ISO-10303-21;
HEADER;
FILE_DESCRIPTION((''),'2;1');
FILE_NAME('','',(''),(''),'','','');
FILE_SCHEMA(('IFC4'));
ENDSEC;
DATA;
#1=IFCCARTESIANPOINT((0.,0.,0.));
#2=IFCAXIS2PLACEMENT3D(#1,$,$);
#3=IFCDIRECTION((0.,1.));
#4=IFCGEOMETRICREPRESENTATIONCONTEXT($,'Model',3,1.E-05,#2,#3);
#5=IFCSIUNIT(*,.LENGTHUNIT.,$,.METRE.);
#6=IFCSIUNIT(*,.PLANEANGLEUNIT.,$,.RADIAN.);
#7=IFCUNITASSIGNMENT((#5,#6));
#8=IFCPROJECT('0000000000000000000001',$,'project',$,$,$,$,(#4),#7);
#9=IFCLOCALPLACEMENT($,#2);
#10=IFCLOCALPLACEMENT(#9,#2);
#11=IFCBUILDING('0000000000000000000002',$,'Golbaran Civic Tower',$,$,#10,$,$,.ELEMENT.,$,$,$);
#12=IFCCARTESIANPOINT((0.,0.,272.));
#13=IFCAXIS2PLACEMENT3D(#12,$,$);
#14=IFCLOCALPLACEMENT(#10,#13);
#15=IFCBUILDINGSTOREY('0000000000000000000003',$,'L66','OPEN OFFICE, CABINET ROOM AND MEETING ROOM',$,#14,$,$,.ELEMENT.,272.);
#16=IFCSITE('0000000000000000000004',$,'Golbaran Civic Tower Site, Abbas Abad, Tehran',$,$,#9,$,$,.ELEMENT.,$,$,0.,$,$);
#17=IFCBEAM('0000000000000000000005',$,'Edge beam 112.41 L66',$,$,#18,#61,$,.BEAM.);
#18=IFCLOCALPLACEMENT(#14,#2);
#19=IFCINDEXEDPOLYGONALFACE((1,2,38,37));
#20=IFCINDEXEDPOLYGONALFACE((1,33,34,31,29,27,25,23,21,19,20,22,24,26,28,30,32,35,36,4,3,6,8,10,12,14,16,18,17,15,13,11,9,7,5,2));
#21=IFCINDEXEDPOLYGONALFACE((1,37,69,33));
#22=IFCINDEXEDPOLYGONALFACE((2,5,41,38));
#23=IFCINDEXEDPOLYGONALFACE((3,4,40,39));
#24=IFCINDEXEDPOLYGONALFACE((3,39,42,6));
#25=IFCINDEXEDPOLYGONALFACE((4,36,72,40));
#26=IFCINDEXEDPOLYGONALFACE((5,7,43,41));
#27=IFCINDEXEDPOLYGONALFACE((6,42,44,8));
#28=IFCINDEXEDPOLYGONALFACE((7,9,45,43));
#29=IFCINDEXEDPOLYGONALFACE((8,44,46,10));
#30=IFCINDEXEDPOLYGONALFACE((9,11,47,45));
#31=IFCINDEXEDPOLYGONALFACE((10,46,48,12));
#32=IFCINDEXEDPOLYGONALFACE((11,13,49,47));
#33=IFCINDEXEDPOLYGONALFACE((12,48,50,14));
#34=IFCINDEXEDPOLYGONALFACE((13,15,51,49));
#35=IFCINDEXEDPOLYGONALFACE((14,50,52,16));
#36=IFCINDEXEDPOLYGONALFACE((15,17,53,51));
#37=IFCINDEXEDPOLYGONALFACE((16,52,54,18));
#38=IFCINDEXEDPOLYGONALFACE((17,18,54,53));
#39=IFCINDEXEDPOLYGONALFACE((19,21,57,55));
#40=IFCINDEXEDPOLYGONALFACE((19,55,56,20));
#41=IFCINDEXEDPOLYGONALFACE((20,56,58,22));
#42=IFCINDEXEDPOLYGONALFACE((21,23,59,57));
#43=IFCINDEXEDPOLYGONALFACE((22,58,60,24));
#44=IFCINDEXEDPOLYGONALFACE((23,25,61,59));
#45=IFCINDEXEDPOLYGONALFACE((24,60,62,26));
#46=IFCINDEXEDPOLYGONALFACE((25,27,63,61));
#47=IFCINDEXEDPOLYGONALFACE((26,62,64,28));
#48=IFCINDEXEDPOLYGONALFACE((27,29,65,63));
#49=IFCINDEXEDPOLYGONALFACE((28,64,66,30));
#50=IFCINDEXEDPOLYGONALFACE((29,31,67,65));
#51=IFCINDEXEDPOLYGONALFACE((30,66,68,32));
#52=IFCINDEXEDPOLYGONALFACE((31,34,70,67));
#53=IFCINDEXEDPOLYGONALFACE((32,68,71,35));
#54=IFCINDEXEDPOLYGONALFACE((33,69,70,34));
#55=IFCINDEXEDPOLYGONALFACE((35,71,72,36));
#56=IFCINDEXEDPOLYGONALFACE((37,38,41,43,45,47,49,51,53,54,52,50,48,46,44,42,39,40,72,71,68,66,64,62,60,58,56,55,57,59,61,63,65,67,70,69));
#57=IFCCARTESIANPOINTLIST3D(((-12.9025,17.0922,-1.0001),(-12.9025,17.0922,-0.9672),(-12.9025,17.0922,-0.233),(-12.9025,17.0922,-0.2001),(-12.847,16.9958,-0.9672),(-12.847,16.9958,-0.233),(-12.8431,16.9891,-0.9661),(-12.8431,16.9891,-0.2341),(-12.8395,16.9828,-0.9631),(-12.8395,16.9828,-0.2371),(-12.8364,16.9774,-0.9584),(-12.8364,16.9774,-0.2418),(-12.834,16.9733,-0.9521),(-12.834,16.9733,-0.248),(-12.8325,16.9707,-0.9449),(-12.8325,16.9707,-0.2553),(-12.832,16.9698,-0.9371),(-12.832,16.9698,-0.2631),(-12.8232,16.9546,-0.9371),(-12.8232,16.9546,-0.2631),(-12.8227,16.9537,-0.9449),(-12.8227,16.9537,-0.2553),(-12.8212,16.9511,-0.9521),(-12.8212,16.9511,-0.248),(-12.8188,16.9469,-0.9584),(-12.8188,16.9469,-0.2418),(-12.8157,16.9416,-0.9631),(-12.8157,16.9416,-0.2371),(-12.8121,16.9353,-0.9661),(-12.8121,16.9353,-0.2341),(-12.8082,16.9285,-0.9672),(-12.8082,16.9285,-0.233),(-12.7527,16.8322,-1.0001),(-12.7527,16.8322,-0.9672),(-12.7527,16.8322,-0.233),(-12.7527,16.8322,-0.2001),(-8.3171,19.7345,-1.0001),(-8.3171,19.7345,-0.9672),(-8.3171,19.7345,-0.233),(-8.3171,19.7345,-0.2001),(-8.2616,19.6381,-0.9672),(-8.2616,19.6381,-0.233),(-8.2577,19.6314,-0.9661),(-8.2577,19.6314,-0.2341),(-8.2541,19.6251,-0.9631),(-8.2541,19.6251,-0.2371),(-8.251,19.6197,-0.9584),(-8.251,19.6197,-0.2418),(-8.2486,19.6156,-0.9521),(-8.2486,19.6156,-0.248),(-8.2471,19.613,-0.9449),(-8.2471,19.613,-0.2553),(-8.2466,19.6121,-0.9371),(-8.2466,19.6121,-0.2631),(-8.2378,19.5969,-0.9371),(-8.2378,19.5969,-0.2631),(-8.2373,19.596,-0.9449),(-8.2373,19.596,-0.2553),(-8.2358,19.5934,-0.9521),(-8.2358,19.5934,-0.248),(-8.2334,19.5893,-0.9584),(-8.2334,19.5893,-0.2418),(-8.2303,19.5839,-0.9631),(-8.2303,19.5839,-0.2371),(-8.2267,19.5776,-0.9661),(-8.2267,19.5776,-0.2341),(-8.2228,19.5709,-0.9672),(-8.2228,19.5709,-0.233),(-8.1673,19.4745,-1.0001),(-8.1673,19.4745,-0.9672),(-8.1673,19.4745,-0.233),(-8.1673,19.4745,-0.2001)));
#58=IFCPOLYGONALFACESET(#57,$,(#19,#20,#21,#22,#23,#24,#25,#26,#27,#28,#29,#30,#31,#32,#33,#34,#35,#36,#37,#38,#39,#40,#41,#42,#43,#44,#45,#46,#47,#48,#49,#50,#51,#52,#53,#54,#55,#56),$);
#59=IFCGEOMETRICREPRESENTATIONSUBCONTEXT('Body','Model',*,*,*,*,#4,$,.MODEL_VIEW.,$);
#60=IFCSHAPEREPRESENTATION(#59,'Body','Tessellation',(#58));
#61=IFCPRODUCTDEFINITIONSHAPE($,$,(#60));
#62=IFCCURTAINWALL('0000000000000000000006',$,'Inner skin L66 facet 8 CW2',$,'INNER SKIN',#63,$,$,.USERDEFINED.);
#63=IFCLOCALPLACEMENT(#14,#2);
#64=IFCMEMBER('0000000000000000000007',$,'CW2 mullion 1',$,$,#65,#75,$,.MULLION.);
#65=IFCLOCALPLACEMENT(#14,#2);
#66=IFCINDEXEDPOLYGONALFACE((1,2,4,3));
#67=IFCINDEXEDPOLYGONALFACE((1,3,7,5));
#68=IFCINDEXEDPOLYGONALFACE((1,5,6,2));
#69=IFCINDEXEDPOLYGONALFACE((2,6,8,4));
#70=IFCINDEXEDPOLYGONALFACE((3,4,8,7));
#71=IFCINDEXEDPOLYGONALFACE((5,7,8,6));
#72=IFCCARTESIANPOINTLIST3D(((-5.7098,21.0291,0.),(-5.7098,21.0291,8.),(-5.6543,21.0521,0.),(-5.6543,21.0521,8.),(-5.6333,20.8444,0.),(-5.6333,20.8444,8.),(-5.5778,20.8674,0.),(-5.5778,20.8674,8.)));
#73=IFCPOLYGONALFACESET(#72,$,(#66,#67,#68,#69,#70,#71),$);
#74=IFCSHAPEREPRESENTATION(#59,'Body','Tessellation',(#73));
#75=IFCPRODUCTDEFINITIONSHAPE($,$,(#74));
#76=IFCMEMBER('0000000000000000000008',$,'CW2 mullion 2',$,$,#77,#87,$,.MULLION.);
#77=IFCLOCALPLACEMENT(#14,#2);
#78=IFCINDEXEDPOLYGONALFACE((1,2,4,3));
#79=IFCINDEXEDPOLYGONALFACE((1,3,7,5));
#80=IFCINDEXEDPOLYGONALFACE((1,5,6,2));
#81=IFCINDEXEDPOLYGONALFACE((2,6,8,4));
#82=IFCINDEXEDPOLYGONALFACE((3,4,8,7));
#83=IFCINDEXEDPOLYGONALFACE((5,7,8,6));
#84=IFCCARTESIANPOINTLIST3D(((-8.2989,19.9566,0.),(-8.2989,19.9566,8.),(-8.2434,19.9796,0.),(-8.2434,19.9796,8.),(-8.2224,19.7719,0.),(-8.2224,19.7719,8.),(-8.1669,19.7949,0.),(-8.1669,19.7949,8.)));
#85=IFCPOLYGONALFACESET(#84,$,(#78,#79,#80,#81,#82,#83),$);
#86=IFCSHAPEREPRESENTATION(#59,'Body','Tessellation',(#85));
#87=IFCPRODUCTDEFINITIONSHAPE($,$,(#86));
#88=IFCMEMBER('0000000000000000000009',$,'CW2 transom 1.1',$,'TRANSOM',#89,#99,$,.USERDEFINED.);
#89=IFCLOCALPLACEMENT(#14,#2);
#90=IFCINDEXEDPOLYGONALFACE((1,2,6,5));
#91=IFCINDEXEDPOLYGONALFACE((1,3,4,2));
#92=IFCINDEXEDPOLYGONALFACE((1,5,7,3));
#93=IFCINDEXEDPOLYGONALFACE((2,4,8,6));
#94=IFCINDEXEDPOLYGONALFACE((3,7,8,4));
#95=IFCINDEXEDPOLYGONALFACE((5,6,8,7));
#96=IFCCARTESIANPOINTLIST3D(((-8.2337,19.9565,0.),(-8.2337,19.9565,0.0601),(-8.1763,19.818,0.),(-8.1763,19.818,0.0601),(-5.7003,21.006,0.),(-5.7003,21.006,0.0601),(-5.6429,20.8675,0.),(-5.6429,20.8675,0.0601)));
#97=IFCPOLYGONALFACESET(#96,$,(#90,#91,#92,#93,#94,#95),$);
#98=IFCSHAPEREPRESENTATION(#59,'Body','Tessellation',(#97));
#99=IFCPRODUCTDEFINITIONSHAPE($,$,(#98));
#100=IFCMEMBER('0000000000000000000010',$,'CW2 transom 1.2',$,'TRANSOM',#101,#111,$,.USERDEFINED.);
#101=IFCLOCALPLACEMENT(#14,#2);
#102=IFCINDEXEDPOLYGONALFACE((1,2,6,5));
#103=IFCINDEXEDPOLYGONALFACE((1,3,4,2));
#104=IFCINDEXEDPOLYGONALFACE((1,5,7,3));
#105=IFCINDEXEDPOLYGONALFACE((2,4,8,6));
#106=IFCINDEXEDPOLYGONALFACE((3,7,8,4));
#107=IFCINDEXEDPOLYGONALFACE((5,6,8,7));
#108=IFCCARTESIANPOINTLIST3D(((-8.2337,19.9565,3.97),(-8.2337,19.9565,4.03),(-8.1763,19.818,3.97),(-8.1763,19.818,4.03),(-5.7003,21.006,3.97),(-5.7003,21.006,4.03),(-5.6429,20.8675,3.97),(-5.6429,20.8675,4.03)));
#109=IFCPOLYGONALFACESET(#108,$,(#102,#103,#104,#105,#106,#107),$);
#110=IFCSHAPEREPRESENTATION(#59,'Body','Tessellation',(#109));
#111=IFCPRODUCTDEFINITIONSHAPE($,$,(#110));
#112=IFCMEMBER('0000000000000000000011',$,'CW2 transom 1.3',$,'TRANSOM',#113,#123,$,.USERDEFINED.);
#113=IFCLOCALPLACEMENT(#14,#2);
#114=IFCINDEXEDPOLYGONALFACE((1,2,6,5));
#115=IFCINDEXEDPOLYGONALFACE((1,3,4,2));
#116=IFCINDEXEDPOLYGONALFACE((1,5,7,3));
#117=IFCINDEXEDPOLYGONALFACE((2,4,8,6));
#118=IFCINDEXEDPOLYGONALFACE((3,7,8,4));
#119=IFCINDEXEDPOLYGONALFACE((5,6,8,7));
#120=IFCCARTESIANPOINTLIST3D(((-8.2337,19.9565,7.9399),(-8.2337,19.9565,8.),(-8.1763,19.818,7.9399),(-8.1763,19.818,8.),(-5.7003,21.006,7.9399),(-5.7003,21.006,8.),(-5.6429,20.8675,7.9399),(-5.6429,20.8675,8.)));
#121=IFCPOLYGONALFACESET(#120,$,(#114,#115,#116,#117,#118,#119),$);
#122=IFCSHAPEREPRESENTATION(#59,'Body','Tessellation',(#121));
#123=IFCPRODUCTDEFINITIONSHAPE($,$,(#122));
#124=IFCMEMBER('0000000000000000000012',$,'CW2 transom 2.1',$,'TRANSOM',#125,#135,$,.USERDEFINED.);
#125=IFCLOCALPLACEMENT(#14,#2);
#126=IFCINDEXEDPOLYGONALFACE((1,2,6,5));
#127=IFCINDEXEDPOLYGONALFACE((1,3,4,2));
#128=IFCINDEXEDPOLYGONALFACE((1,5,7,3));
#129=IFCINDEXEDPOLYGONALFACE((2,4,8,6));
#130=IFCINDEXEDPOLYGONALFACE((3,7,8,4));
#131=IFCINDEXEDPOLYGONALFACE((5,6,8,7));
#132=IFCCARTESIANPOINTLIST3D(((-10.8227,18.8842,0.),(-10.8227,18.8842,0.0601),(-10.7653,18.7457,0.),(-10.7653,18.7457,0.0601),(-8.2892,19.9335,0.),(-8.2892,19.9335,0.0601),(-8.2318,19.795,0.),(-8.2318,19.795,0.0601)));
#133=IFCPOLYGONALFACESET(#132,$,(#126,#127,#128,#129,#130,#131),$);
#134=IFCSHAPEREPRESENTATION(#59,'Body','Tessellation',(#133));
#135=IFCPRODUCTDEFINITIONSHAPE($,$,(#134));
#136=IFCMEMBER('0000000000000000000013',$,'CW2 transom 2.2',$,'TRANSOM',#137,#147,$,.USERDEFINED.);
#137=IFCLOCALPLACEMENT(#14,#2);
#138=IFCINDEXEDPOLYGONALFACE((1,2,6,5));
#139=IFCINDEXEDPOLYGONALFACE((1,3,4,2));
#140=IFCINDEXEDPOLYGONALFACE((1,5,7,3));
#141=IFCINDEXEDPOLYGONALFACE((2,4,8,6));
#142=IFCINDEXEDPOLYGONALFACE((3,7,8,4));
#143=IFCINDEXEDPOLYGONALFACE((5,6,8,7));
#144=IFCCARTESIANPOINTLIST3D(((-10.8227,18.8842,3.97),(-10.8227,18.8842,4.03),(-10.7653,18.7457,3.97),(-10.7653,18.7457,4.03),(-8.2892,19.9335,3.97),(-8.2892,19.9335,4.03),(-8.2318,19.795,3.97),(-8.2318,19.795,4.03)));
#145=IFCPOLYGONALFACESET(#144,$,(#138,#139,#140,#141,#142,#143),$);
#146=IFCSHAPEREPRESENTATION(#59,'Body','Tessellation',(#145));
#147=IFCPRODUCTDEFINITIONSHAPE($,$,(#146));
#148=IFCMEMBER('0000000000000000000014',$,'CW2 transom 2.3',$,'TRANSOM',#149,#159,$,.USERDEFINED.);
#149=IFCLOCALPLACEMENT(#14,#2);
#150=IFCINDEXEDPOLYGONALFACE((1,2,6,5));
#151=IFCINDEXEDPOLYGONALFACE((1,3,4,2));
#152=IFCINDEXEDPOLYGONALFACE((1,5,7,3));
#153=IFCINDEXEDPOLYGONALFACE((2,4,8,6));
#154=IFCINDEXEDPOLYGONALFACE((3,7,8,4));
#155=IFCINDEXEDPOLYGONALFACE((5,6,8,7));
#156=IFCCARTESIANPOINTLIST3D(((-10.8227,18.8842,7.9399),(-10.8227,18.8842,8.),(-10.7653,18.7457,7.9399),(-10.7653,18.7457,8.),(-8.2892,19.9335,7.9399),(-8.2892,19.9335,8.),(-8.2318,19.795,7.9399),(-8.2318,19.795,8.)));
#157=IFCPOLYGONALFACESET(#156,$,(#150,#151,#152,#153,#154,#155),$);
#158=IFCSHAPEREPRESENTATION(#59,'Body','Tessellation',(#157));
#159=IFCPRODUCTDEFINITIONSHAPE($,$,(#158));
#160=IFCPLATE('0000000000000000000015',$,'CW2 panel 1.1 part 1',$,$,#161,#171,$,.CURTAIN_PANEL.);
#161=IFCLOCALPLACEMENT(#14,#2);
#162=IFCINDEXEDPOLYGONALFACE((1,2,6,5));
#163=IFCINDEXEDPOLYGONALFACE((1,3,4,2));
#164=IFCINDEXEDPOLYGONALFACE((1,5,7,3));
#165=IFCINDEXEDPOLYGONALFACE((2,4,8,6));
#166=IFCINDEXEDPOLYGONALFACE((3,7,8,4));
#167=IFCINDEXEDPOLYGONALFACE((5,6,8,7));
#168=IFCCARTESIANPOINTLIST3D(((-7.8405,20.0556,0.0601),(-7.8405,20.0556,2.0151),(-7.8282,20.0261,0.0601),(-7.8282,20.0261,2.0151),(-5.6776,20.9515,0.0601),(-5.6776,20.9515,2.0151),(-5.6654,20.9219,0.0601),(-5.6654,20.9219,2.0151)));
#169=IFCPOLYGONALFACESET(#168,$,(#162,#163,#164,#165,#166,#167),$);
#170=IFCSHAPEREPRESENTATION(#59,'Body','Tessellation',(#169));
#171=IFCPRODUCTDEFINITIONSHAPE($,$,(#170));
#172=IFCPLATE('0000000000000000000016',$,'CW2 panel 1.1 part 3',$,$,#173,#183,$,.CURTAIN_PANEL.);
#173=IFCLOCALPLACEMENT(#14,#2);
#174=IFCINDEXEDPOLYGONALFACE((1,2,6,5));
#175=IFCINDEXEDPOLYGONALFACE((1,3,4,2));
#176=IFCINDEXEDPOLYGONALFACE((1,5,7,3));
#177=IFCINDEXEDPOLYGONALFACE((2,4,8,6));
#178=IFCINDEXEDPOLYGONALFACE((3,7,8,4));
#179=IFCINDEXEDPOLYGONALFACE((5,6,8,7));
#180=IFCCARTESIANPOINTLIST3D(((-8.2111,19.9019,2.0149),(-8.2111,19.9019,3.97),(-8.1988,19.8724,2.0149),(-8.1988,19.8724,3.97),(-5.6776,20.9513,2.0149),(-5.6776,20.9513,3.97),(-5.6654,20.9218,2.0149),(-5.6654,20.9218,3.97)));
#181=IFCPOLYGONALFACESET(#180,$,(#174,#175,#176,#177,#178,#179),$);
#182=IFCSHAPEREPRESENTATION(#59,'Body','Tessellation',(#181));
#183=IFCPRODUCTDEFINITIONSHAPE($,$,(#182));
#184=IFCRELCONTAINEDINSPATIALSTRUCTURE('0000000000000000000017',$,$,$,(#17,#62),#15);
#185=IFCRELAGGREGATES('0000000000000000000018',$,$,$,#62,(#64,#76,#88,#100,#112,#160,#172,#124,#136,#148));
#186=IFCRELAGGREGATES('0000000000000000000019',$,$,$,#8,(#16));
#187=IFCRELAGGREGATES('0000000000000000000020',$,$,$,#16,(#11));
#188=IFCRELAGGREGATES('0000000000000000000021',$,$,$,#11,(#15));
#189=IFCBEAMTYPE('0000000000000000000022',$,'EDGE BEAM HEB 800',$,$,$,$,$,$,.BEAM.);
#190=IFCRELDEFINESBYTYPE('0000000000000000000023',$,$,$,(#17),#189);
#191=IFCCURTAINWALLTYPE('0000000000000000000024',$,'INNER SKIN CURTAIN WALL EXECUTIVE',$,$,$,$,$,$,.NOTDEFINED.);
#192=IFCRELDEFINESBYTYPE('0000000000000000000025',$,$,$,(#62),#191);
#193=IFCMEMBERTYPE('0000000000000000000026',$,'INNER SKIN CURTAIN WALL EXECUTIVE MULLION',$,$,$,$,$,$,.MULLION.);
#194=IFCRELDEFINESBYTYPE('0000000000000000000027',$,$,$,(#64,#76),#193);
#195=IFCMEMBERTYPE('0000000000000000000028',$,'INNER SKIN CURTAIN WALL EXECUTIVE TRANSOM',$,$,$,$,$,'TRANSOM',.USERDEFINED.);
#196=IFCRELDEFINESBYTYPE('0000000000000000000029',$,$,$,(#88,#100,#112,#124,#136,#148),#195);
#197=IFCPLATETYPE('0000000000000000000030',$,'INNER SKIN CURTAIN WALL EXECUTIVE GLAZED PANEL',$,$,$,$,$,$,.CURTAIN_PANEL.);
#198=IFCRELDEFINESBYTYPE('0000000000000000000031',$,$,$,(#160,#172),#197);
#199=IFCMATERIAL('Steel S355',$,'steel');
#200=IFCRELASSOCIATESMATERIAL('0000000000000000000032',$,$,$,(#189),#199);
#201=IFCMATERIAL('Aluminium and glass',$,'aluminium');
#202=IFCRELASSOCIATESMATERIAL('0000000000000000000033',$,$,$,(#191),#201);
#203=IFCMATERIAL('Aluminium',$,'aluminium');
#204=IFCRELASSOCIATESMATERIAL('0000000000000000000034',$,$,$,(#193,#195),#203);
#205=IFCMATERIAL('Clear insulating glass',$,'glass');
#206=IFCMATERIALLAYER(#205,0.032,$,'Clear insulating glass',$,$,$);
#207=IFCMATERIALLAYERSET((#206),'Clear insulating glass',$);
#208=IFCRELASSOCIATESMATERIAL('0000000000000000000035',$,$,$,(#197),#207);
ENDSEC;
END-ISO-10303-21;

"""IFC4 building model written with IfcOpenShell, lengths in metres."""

from ifc_helpers import new_model, si_unit, direction, frame, origin, origin_2d, place, context, subcontext, project, spatial, rectangle, i_section, extrude, material, layer, layer_set, material_profile, profile_set, type_object, element, aggregate, save


model = new_model("IFC4")

# Units and contexts
model_context = context("Model", 3, precision=1e-05, world=origin(), true_north=direction((0.0, 1.0)))
body_context = subcontext(model_context, "Body", "Model", "MODEL_VIEW")
ifc_project = project(units=[si_unit("LENGTHUNIT", "METRE"), si_unit("PLANEANGLEUNIT", "RADIAN")], contexts=[model_context])

# Site, building, storey
site_placement = place(None, origin())
site = spatial("IfcSite", under=ifc_project, at=site_placement, Name="Golbaran Civic Tower Site, Abbas Abad, Tehran", CompositionType="ELEMENT", RefElevation=0.0)
building_placement = place(site_placement, origin())
building = spatial("IfcBuilding", under=site, at=building_placement, Name="Golbaran Civic Tower", CompositionType="ELEMENT")
storey_placement = place(building_placement, frame((0.0, 0.0, 272.0)))
storey = spatial("IfcBuildingStorey", under=building, at=storey_placement, Name="L66", Description="OPEN OFFICE, CABINET ROOM AND MEETING ROOM", CompositionType="ELEMENT", Elevation=272.0)

# Beam
ifc_material_1 = material(Name="Steel S355", Category="steel")
ifc_material_profile_1 = material_profile(ifc_material_1, i_section(OverallWidth=0.3, OverallDepth=0.8, WebThickness=0.0176, FlangeThickness=0.033, FilletRadius=0.03, at=origin_2d()), Name="HEB 800")
ifc_profile_set_1 = profile_set([ifc_material_profile_1], Name="Steel S355")
beam_type = type_object("IfcBeamType", Name="EDGE BEAM HEB 800", PredefinedType="BEAM", material=ifc_profile_set_1)
beam_placement = place(storey_placement, frame((-8.2422, 19.6045, -0.6001), z_axis=(-0.86644, -0.49928, 0.0), x_axis=(0.49928, -0.86644, 0.0)))
element("IfcBeam", 1, at=beam_placement, inside=storey, type_object=beam_type, Name="Edge beam 112.41 L66", PredefinedType="BEAM", context=body_context, shape_type="SweptSolid", body=[
    extrude(i_section(OverallWidth=0.3, OverallDepth=0.8, WebThickness=0.0176, FlangeThickness=0.033, FilletRadius=0.03, at=origin_2d()), origin(), (0.0, 0.0, 1.0), 5.2922),
])

# Curtain wall, members, plates
ifc_material_2 = material(Name="Aluminium and glass", Category="aluminium")
curtain_wall_type = type_object("IfcCurtainWallType", Name="INNER SKIN CURTAIN WALL EXECUTIVE", PredefinedType="NOTDEFINED", material=ifc_material_2)
curtain_wall_placement = place(storey_placement, origin())
curtain_wall = element("IfcCurtainWall", 2, at=curtain_wall_placement, inside=storey, type_object=curtain_wall_type, Name="Inner skin L66 facet 8 CW2", ObjectType="INNER SKIN", PredefinedType="USERDEFINED")
ifc_material_3 = material(Name="Aluminium", Category="aluminium")
ifc_material_profile_2 = material_profile(ifc_material_3, rectangle(XDim=0.2, YDim=0.0601, at=origin_2d()), Name="INNER SKIN CURTAIN WALL EXECUTIVE MULLION")
ifc_profile_set_2 = profile_set([ifc_material_profile_2], Name="Aluminium")
member_type_1 = type_object("IfcMemberType", Name="INNER SKIN CURTAIN WALL EXECUTIVE MULLION", PredefinedType="MULLION", material=ifc_profile_set_2)
member_1_placement = place(storey_placement, frame((-5.6438, 20.9482, 0.0), z_axis=(0.0, 0.0, 1.0), x_axis=(0.382683, -0.92388, 0.0)))
member_1 = element("IfcMember", 3, at=member_1_placement, type_object=member_type_1, Name="CW2 mullion 1", PredefinedType="MULLION", context=body_context, shape_type="SweptSolid", body=[
    extrude(rectangle(XDim=0.2, YDim=0.0601, at=origin_2d()), origin(), (0.0, 0.0, 1.0), 8.0),
])
member_2_placement = place(storey_placement, frame((-8.2329, 19.8757, 0.0), z_axis=(0.0, 0.0, 1.0), x_axis=(0.382683, -0.92388, 0.0)))
member_2 = element("IfcMember", 4, at=member_2_placement, type_object=member_type_1, Name="CW2 mullion 2", PredefinedType="MULLION", context=body_context, shape_type="SweptSolid", body=[
    extrude(rectangle(XDim=0.2, YDim=0.0601, at=origin_2d()), origin(), (0.0, 0.0, 1.0), 8.0),
])
ifc_material_profile_3 = material_profile(ifc_material_3, rectangle(XDim=0.1499, YDim=0.0601, at=origin_2d()), Name="INNER SKIN CURTAIN WALL EXECUTIVE TRANSOM")
ifc_profile_set_3 = profile_set([ifc_material_profile_3], Name="Aluminium")
member_type_2 = type_object("IfcMemberType", Name="INNER SKIN CURTAIN WALL EXECUTIVE TRANSOM", ElementType="TRANSOM", PredefinedType="USERDEFINED", material=ifc_profile_set_3)
member_3_placement = place(storey_placement, frame((-5.6716, 20.9368, 0.03), z_axis=(-0.923857, -0.382737, 0.0), x_axis=(0.382737, -0.923857, 0.0)))
member_3 = element("IfcMember", 5, at=member_3_placement, type_object=member_type_2, Name="CW2 transom 1.1", ObjectType="TRANSOM", PredefinedType="USERDEFINED", context=body_context, shape_type="SweptSolid", body=[
    extrude(rectangle(XDim=0.1499, YDim=0.0601, at=origin_2d()), origin(), (0.0, 0.0, 1.0), 2.7422),
])
member_4_placement = place(storey_placement, frame((-5.6716, 20.9368, 4.0), z_axis=(-0.923857, -0.382737, 0.0), x_axis=(0.382737, -0.923857, 0.0)))
member_4 = element("IfcMember", 6, at=member_4_placement, type_object=member_type_2, Name="CW2 transom 1.2", ObjectType="TRANSOM", PredefinedType="USERDEFINED", context=body_context, shape_type="SweptSolid", body=[
    extrude(rectangle(XDim=0.1499, YDim=0.0601, at=origin_2d()), origin(), (0.0, 0.0, 1.0), 2.7422),
])
member_5_placement = place(storey_placement, frame((-5.6716, 20.9368, 7.97), z_axis=(-0.923857, -0.382737, 0.0), x_axis=(0.382737, -0.923857, 0.0)))
member_5 = element("IfcMember", 7, at=member_5_placement, type_object=member_type_2, Name="CW2 transom 1.3", ObjectType="TRANSOM", PredefinedType="USERDEFINED", context=body_context, shape_type="SweptSolid", body=[
    extrude(rectangle(XDim=0.1499, YDim=0.0601, at=origin_2d()), origin(), (0.0, 0.0, 1.0), 2.7422),
])
member_6_placement = place(storey_placement, frame((-8.2605, 19.8643, 0.03), z_axis=(-0.923889, -0.382661, 0.0), x_axis=(0.382661, -0.923889, 0.0)))
member_6 = element("IfcMember", 8, at=member_6_placement, type_object=member_type_2, Name="CW2 transom 2.1", ObjectType="TRANSOM", PredefinedType="USERDEFINED", context=body_context, shape_type="SweptSolid", body=[
    extrude(rectangle(XDim=0.1499, YDim=0.0601, at=origin_2d()), origin(), (0.0, 0.0, 1.0), 2.7422),
])
member_7_placement = place(storey_placement, frame((-8.2605, 19.8643, 4.0), z_axis=(-0.923889, -0.382661, 0.0), x_axis=(0.382661, -0.923889, 0.0)))
member_7 = element("IfcMember", 9, at=member_7_placement, type_object=member_type_2, Name="CW2 transom 2.2", ObjectType="TRANSOM", PredefinedType="USERDEFINED", context=body_context, shape_type="SweptSolid", body=[
    extrude(rectangle(XDim=0.1499, YDim=0.0601, at=origin_2d()), origin(), (0.0, 0.0, 1.0), 2.7422),
])
member_8_placement = place(storey_placement, frame((-8.2605, 19.8643, 7.97), z_axis=(-0.923889, -0.382661, 0.0), x_axis=(0.382661, -0.923889, 0.0)))
member_8 = element("IfcMember", 10, at=member_8_placement, type_object=member_type_2, Name="CW2 transom 2.3", ObjectType="TRANSOM", PredefinedType="USERDEFINED", context=body_context, shape_type="SweptSolid", body=[
    extrude(rectangle(XDim=0.1499, YDim=0.0601, at=origin_2d()), origin(), (0.0, 0.0, 1.0), 2.7422),
])
ifc_material_4 = material(Name="Clear insulating glass", Category="glass")
ifc_layer_1 = layer(ifc_material_4, 0.032, Name="Clear insulating glass")
ifc_layer_set_1 = layer_set([ifc_layer_1], Name="Clear insulating glass")
plate_type_1 = type_object("IfcPlateType", Name="INNER SKIN CURTAIN WALL EXECUTIVE GLAZED PANEL", PredefinedType="CURTAIN_PANEL", material=ifc_layer_set_1)
plate_1_placement = place(storey_placement, frame((-6.7529, 20.4888, 0.0601), z_axis=(0.0, 0.0, 1.0), x_axis=(-0.92388, -0.382683, 0.0)))
plate_1 = element("IfcPlate", 11, at=plate_1_placement, type_object=plate_type_1, Name="CW2 panel 1.1 part 1", PredefinedType="CURTAIN_PANEL", context=body_context, shape_type="SweptSolid", body=[
    extrude(rectangle(XDim=2.3411, YDim=0.032, at=origin_2d()), origin(), (0.0, 0.0, 1.0), 1.9551),
])
plate_2_placement = place(storey_placement, frame((-6.9382, 20.4119, 2.0149), z_axis=(0.0, 0.0, 1.0), x_axis=(-0.92388, -0.382683, 0.0)))
plate_2 = element("IfcPlate", 12, at=plate_2_placement, type_object=plate_type_1, Name="CW2 panel 1.1 part 3", PredefinedType="CURTAIN_PANEL", context=body_context, shape_type="SweptSolid", body=[
    extrude(rectangle(XDim=2.7422, YDim=0.032, at=origin_2d()), origin(), (0.0, 0.0, 1.0), 1.9551),
])
aggregate(curtain_wall, [member_1, member_2, member_3, member_4, member_5, plate_1, plate_2, member_6, member_7, member_8])

save(model, "model.ifc")
